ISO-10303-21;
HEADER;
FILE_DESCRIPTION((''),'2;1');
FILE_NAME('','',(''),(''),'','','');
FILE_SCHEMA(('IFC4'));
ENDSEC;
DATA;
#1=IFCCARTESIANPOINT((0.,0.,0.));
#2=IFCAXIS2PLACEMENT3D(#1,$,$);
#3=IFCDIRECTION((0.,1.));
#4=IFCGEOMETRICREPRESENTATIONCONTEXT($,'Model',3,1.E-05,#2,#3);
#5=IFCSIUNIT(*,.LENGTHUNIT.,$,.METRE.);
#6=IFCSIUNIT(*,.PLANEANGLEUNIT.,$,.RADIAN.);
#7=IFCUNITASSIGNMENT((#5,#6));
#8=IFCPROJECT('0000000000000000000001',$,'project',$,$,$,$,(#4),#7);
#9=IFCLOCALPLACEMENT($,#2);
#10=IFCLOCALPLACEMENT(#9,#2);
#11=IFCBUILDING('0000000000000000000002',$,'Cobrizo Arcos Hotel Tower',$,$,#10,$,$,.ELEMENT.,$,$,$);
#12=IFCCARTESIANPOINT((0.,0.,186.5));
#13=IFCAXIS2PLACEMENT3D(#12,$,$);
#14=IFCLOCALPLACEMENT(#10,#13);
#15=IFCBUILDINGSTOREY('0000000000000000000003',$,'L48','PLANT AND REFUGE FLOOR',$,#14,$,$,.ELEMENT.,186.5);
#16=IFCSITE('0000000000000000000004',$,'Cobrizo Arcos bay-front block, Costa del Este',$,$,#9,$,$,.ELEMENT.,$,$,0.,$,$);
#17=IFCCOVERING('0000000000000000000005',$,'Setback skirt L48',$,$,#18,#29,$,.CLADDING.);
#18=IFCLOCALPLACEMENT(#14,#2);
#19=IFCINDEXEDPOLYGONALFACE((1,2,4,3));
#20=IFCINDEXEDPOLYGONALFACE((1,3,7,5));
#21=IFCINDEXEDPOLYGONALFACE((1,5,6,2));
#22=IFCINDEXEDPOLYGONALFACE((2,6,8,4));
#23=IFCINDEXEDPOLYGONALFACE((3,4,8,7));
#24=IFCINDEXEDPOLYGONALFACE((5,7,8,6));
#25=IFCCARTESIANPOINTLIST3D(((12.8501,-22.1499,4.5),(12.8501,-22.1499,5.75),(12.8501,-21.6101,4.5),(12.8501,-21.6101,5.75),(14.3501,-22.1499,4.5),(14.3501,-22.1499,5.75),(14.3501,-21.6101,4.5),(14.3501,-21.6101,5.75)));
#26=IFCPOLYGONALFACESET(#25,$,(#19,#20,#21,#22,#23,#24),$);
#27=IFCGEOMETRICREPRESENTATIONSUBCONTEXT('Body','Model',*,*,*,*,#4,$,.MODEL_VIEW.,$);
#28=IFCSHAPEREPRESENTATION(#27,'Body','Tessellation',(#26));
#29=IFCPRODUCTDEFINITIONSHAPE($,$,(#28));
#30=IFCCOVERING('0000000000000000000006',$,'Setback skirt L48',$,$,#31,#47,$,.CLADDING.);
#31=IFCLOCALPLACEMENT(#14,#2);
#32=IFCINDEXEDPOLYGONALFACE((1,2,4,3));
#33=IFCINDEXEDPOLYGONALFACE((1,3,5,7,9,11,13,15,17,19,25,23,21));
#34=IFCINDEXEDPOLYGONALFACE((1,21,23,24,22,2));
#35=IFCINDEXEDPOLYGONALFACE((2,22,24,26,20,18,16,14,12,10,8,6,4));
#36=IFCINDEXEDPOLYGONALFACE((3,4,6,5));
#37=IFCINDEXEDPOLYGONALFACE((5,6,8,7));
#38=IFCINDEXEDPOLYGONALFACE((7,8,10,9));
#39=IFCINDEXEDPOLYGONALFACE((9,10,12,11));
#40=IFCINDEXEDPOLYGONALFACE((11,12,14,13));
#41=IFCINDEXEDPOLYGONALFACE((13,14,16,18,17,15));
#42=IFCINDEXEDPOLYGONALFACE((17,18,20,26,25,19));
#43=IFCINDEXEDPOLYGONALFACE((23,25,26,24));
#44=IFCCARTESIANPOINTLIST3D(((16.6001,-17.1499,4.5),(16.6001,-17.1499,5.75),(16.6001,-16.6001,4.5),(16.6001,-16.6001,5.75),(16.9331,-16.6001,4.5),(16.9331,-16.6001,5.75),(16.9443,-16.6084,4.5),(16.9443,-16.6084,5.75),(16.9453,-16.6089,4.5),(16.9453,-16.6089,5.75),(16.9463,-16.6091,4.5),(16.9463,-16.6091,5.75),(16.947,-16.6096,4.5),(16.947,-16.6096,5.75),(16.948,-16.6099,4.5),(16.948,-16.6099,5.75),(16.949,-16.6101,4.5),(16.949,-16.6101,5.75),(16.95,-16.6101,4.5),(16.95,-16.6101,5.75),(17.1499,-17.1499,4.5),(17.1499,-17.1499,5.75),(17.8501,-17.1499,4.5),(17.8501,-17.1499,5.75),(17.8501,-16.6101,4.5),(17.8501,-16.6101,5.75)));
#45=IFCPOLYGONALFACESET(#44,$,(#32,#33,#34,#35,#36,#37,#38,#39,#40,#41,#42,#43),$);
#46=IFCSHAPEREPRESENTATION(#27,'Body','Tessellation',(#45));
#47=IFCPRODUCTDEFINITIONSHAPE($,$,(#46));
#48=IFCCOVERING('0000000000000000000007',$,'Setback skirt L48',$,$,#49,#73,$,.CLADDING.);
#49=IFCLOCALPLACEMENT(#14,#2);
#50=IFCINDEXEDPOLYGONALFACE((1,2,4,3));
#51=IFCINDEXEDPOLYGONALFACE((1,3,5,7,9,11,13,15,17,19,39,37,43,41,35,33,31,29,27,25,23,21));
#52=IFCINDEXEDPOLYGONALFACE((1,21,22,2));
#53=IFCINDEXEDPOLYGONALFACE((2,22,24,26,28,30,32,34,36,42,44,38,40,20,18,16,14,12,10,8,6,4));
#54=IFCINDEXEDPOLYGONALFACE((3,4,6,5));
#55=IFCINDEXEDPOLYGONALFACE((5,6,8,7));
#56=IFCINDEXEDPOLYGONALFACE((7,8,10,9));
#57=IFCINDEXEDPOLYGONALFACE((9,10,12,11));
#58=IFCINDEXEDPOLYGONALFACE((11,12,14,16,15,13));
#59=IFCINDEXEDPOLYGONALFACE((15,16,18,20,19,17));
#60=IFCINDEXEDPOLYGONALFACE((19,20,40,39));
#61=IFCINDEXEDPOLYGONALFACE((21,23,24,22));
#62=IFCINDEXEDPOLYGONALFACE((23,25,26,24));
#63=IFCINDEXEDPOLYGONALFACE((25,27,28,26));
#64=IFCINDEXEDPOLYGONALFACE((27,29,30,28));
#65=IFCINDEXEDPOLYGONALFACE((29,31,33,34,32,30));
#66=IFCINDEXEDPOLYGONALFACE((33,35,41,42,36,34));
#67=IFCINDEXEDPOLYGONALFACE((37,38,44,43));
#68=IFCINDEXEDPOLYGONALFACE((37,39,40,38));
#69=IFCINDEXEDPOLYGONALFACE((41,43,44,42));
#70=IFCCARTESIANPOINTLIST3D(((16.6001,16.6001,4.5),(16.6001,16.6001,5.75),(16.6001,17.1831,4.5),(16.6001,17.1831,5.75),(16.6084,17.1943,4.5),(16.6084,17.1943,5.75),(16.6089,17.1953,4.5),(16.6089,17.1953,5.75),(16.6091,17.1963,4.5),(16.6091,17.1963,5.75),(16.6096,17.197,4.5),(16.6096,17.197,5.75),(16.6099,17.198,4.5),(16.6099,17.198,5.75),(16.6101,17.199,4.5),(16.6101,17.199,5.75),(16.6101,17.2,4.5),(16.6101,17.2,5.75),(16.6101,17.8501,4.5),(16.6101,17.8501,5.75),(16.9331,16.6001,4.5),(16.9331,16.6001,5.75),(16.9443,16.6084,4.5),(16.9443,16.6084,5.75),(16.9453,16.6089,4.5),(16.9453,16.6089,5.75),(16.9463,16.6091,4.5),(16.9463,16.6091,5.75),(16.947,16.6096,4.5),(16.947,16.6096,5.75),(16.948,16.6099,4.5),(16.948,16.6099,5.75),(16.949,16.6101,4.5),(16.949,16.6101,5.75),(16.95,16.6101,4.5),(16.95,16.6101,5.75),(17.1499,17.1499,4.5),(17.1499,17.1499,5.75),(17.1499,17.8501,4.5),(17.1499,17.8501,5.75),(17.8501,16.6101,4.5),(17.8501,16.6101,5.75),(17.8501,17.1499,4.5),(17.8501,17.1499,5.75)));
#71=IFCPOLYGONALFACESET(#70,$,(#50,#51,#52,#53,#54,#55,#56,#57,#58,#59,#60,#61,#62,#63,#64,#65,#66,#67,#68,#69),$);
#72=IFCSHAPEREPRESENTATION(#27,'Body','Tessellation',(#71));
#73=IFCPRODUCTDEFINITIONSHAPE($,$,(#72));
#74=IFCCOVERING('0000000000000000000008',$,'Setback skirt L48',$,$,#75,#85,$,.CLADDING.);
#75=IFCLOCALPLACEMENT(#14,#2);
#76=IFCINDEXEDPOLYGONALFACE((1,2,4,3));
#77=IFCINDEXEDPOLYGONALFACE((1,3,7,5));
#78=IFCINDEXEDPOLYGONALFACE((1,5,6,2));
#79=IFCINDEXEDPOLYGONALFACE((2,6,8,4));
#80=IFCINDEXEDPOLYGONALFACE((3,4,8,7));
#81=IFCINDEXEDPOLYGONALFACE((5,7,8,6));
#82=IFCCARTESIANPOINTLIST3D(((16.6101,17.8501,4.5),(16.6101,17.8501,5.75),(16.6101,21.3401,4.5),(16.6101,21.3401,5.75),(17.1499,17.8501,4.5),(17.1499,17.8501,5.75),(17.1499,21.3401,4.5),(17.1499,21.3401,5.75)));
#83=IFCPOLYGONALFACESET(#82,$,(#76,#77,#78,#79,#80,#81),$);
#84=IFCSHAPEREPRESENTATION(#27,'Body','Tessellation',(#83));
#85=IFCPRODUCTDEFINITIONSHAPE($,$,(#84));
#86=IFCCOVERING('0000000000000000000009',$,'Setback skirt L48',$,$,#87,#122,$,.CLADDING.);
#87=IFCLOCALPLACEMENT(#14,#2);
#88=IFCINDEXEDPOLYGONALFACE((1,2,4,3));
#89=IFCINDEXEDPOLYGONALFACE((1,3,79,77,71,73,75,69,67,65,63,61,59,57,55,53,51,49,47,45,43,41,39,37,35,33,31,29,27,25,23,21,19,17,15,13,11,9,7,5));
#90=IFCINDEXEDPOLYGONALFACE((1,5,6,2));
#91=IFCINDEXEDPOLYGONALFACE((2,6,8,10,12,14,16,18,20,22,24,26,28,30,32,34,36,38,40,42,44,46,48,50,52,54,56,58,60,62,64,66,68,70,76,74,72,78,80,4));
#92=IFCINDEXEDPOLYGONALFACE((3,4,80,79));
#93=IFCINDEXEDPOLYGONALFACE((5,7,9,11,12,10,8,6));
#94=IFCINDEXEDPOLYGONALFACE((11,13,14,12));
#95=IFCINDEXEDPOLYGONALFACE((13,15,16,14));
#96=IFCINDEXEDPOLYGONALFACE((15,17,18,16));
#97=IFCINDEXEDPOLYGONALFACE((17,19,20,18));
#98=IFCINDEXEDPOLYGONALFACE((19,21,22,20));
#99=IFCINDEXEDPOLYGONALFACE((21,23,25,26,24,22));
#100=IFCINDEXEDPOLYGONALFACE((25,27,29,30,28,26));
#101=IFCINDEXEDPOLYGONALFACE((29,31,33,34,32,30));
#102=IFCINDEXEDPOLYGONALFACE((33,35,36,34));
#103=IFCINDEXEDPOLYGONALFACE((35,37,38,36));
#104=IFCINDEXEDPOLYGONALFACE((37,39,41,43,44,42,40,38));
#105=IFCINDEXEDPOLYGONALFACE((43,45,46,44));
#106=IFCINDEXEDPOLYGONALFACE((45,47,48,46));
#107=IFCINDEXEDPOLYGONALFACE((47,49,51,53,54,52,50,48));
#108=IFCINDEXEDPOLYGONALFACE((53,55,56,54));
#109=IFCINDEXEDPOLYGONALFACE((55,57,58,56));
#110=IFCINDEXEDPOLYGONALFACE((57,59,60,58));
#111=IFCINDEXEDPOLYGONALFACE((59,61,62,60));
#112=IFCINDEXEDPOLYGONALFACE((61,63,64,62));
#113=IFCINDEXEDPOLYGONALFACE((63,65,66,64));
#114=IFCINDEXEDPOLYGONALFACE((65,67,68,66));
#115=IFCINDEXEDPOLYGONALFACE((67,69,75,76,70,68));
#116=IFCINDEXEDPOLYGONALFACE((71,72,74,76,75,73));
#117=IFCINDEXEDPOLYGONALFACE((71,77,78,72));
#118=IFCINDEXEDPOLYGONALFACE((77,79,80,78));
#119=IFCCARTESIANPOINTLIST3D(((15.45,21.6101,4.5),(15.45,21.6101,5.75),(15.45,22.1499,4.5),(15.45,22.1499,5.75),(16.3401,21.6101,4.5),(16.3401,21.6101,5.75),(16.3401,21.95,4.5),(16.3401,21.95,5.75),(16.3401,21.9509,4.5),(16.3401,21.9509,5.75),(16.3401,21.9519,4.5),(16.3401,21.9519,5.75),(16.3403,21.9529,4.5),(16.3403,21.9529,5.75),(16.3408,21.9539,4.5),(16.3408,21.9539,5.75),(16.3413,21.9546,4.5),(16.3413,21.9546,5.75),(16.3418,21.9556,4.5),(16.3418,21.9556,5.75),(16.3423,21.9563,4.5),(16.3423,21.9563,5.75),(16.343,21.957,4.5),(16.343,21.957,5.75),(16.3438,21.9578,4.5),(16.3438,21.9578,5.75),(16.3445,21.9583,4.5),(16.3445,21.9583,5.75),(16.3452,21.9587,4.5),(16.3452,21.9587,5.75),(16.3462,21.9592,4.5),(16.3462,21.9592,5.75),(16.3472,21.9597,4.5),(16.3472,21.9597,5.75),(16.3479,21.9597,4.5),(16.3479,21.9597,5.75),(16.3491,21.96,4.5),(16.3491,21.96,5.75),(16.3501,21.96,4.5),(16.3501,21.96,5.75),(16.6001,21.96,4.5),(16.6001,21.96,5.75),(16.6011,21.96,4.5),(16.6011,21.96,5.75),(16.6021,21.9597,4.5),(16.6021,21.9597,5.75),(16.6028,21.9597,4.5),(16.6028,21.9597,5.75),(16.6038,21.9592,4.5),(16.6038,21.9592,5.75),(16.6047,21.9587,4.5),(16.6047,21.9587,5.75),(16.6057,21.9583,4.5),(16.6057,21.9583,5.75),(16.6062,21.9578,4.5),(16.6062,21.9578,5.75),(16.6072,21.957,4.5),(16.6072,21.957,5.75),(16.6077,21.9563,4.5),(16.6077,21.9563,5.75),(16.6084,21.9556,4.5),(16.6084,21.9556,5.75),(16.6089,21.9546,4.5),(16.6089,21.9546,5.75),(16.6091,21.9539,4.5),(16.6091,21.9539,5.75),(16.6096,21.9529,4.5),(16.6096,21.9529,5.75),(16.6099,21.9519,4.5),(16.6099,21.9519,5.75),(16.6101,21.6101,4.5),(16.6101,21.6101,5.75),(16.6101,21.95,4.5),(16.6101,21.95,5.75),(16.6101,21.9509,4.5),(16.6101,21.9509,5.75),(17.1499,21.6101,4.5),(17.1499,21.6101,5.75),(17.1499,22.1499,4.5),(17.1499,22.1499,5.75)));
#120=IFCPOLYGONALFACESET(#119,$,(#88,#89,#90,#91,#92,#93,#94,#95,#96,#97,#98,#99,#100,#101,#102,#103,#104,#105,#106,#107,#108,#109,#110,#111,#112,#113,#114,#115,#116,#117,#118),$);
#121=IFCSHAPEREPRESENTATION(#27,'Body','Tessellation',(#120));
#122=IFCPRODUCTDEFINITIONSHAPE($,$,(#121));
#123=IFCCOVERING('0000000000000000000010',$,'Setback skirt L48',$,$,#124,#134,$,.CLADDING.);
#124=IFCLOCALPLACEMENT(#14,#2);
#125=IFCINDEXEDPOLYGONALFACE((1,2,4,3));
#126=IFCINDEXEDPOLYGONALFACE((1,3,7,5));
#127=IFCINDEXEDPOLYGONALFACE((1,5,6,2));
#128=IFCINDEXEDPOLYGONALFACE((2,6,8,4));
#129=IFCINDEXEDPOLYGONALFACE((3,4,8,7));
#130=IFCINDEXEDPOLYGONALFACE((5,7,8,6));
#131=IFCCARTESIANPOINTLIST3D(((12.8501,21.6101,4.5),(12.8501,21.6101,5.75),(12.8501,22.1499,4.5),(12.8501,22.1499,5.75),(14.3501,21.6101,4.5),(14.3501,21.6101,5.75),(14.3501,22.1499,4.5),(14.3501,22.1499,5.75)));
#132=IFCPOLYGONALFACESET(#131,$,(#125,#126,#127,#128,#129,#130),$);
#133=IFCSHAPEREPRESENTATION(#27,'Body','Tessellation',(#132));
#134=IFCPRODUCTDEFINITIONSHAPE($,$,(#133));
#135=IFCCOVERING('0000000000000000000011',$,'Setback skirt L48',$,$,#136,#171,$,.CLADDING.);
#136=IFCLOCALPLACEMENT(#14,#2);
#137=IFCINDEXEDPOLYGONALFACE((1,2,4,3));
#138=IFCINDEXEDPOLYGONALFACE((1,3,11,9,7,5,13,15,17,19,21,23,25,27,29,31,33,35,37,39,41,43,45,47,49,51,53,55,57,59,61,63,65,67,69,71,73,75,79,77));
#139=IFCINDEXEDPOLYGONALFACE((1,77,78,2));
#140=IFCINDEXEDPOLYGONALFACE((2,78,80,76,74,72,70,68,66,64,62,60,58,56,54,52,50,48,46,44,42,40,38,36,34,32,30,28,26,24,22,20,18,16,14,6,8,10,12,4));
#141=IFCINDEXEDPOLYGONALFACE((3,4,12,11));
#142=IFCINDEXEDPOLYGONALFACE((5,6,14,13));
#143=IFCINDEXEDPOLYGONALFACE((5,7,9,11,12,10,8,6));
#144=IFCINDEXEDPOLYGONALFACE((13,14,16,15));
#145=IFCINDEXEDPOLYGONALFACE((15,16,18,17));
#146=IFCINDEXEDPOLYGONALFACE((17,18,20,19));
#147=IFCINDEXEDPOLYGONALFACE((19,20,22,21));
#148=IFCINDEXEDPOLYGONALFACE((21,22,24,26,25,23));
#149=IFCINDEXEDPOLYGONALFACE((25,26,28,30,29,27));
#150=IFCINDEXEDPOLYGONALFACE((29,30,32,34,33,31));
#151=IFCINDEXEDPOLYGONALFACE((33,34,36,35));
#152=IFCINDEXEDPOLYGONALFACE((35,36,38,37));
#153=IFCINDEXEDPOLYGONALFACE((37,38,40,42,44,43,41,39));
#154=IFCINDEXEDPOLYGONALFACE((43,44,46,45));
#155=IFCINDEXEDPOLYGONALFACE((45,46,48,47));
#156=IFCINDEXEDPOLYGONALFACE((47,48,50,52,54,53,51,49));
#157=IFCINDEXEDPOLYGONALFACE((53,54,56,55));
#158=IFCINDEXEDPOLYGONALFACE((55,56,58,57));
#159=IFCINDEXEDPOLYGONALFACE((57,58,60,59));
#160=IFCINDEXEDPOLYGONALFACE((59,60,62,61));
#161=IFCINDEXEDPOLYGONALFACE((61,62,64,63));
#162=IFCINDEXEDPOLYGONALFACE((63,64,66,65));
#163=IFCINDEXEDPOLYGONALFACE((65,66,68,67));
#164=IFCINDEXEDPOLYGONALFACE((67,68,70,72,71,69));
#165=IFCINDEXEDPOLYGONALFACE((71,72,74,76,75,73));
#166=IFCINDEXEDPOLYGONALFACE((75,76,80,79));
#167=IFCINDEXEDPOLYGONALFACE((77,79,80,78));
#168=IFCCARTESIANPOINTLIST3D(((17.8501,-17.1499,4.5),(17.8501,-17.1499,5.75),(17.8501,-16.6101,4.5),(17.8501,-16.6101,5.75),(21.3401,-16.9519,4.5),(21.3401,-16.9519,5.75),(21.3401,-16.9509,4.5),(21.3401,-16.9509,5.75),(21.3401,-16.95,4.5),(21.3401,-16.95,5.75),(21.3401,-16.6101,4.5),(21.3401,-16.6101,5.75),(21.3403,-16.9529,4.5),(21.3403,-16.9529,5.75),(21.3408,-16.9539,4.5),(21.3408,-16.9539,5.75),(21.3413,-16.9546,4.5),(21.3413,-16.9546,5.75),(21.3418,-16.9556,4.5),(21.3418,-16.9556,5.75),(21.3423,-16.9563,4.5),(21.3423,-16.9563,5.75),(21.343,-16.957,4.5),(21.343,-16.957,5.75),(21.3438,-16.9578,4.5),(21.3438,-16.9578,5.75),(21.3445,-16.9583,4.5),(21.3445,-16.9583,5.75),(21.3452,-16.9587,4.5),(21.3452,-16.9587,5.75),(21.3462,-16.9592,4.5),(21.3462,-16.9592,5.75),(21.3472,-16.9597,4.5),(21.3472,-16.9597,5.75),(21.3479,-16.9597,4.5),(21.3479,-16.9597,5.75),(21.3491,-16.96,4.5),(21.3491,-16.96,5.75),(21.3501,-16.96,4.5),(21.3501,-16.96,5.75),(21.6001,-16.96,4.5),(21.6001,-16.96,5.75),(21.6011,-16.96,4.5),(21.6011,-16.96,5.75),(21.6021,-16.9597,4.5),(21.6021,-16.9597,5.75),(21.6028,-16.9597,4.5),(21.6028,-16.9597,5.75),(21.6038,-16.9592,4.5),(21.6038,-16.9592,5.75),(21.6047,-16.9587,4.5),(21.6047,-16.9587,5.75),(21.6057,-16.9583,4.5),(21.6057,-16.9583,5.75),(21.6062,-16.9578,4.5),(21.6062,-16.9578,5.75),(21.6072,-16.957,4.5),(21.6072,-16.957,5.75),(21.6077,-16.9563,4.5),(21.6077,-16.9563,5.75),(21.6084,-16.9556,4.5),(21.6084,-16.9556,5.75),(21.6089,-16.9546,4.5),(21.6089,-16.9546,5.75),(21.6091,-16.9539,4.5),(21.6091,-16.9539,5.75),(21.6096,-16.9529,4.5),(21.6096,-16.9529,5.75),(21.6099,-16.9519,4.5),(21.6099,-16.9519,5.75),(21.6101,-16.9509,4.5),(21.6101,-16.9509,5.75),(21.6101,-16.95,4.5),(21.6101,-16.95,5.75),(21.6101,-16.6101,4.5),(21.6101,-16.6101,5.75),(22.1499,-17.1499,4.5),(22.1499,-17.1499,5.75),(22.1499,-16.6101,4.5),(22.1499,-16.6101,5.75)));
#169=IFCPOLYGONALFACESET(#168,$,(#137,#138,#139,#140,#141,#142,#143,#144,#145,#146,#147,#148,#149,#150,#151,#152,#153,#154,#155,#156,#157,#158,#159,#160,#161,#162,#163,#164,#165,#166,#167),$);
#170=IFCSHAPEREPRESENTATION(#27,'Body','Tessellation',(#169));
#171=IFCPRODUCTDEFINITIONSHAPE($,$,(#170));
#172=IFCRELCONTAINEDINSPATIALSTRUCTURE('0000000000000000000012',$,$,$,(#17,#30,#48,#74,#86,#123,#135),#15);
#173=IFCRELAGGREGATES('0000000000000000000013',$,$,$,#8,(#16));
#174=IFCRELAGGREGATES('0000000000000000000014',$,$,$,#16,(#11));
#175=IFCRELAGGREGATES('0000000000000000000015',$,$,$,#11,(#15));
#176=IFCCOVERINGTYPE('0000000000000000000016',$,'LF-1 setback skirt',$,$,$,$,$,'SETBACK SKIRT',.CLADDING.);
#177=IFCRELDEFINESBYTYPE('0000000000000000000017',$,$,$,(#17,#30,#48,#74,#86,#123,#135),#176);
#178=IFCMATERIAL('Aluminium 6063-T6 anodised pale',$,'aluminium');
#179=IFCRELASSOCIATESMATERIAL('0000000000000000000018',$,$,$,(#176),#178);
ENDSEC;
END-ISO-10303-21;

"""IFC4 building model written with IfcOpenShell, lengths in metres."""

from ifc_helpers import new_model, si_unit, direction, frame, origin, place, context, subcontext, project, spatial, polyline, outline, extrude, material, type_object, element, save


model = new_model("IFC4")

# Units and contexts
model_context = context("Model", 3, precision=1e-05, world=origin(), true_north=direction((0.0, 1.0)))
body_context = subcontext(model_context, "Body", "Model", "MODEL_VIEW")
ifc_project = project(units=[si_unit("LENGTHUNIT", "METRE"), si_unit("PLANEANGLEUNIT", "RADIAN")], contexts=[model_context])

# Site, building, storey
site_placement = place(None, origin())
site = spatial("IfcSite", under=ifc_project, at=site_placement, Name="Cobrizo Arcos bay-front block, Costa del Este", CompositionType="ELEMENT", RefElevation=0.0)
building_placement = place(site_placement, origin())
building = spatial("IfcBuilding", under=site, at=building_placement, Name="Cobrizo Arcos Hotel Tower", CompositionType="ELEMENT")
storey_placement = place(building_placement, frame((0.0, 0.0, 186.5)))
storey = spatial("IfcBuildingStorey", under=building, at=storey_placement, Name="L48", Description="PLANT AND REFUGE FLOOR", CompositionType="ELEMENT", Elevation=186.5)

# Coverings
ifc_material = material(Name="Aluminium 6063-T6 anodised pale", Category="aluminium")
covering_type_1 = type_object("IfcCoveringType", Name="LF-1 setback skirt", ElementType="SETBACK SKIRT", PredefinedType="CLADDING", material=ifc_material)
covering_1_placement = place(storey_placement, frame((0.0, 0.0, 4.5)))
element("IfcCovering", 1, at=covering_1_placement, inside=storey, type_object=covering_type_1, Name="Setback skirt L48", PredefinedType="CLADDING", context=body_context, shape_type="SweptSolid", body=[
    extrude(outline(polyline([(14.3501, -21.6101), (12.8501, -21.6101), (12.8501, -22.1499), (14.3501, -22.1499), (14.3501, -21.6101)])), origin(), (0.0, 0.0, 1.0), 1.25),
])
covering_2_placement = place(storey_placement, frame((0.0, 0.0, 4.5)))
element("IfcCovering", 2, at=covering_2_placement, inside=storey, type_object=covering_type_1, Name="Setback skirt L48", PredefinedType="CLADDING", context=body_context, shape_type="SweptSolid", body=[
    extrude(outline(polyline([(16.6001, -16.6001), (16.6001, -17.1499), (17.1499, -17.1499), (17.8501, -17.1499), (17.8501, -16.6101), (16.95, -16.6101), (16.949, -16.6101), (16.948, -16.6099), (16.947, -16.6096), (16.9463, -16.6091), (16.9453, -16.6089), (16.9443, -16.6084), (16.9331, -16.6001), (16.6001, -16.6001)])), origin(), (0.0, 0.0, 1.0), 1.25),
])
covering_3_placement = place(storey_placement, frame((0.0, 0.0, 4.5)))
element("IfcCovering", 3, at=covering_3_placement, inside=storey, type_object=covering_type_1, Name="Setback skirt L48", PredefinedType="CLADDING", context=body_context, shape_type="SweptSolid", body=[
    extrude(outline(polyline([(16.6084, 17.1943), (16.6001, 17.1831), (16.6001, 16.6001), (16.9331, 16.6001), (16.9443, 16.6084), (16.9453, 16.6089), (16.9463, 16.6091), (16.947, 16.6096), (16.948, 16.6099), (16.949, 16.6101), (16.95, 16.6101), (17.8501, 16.6101), (17.8501, 17.1499), (17.1499, 17.1499), (17.1499, 17.8501), (16.6101, 17.8501), (16.6101, 17.2), (16.6101, 17.199), (16.6099, 17.198), (16.6096, 17.197), (16.6091, 17.1963), (16.6089, 17.1953), (16.6084, 17.1943)])), origin(), (0.0, 0.0, 1.0), 1.25),
])
covering_4_placement = place(storey_placement, frame((0.0, 0.0, 4.5)))
element("IfcCovering", 4, at=covering_4_placement, inside=storey, type_object=covering_type_1, Name="Setback skirt L48", PredefinedType="CLADDING", context=body_context, shape_type="SweptSolid", body=[
    extrude(outline(polyline([(16.6101, 21.3401), (16.6101, 17.8501), (17.1499, 17.8501), (17.1499, 21.3401), (16.6101, 21.3401)])), origin(), (0.0, 0.0, 1.0), 1.25),
])
covering_5_placement = place(storey_placement, frame((0.0, 0.0, 4.5)))
element("IfcCovering", 5, at=covering_5_placement, inside=storey, type_object=covering_type_1, Name="Setback skirt L48", PredefinedType="CLADDING", context=body_context, shape_type="SweptSolid", body=[
    extrude(outline(polyline([(17.1499, 21.6101), (17.1499, 22.1499), (15.45, 22.1499), (15.45, 21.6101), (16.3401, 21.6101), (16.3401, 21.95), (16.3401, 21.9509), (16.3401, 21.9519), (16.3403, 21.9529), (16.3408, 21.9539), (16.3413, 21.9546), (16.3418, 21.9556), (16.3423, 21.9563), (16.343, 21.957), (16.3438, 21.9578), (16.3445, 21.9583), (16.3452, 21.9587), (16.3462, 21.9592), (16.3472, 21.9597), (16.3479, 21.9597), (16.3491, 21.96), (16.3501, 21.96), (16.6001, 21.96), (16.6011, 21.96), (16.6021, 21.9597), (16.6028, 21.9597), (16.6038, 21.9592), (16.6047, 21.9587), (16.6057, 21.9583), (16.6062, 21.9578), (16.6072, 21.957), (16.6077, 21.9563), (16.6084, 21.9556), (16.6089, 21.9546), (16.6091, 21.9539), (16.6096, 21.9529), (16.6099, 21.9519), (16.6101, 21.9509), (16.6101, 21.95), (16.6101, 21.6101), (17.1499, 21.6101)])), origin(), (0.0, 0.0, 1.0), 1.25),
])
covering_6_placement = place(storey_placement, frame((0.0, 0.0, 4.5)))
element("IfcCovering", 6, at=covering_6_placement, inside=storey, type_object=covering_type_1, Name="Setback skirt L48", PredefinedType="CLADDING", context=body_context, shape_type="SweptSolid", body=[
    extrude(outline(polyline([(14.3501, 21.6101), (14.3501, 22.1499), (12.8501, 22.1499), (12.8501, 21.6101), (14.3501, 21.6101)])), origin(), (0.0, 0.0, 1.0), 1.25),
])
covering_7_placement = place(storey_placement, frame((0.0, 0.0, 4.5)))
element("IfcCovering", 7, at=covering_7_placement, inside=storey, type_object=covering_type_1, Name="Setback skirt L48", PredefinedType="CLADDING", context=body_context, shape_type="SweptSolid", body=[
    extrude(outline(polyline([(21.3401, -16.6101), (17.8501, -16.6101), (17.8501, -17.1499), (22.1499, -17.1499), (22.1499, -16.6101), (21.6101, -16.6101), (21.6101, -16.95), (21.6101, -16.9509), (21.6099, -16.9519), (21.6096, -16.9529), (21.6091, -16.9539), (21.6089, -16.9546), (21.6084, -16.9556), (21.6077, -16.9563), (21.6072, -16.957), (21.6062, -16.9578), (21.6057, -16.9583), (21.6047, -16.9587), (21.6038, -16.9592), (21.6028, -16.9597), (21.6021, -16.9597), (21.6011, -16.96), (21.6001, -16.96), (21.3501, -16.96), (21.3491, -16.96), (21.3479, -16.9597), (21.3472, -16.9597), (21.3462, -16.9592), (21.3452, -16.9587), (21.3445, -16.9583), (21.3438, -16.9578), (21.343, -16.957), (21.3423, -16.9563), (21.3418, -16.9556), (21.3413, -16.9546), (21.3408, -16.9539), (21.3403, -16.9529), (21.3401, -16.9519), (21.3401, -16.9509), (21.3401, -16.95), (21.3401, -16.6101)])), origin(), (0.0, 0.0, 1.0), 1.25),
])

save(model, "model.ifc")
